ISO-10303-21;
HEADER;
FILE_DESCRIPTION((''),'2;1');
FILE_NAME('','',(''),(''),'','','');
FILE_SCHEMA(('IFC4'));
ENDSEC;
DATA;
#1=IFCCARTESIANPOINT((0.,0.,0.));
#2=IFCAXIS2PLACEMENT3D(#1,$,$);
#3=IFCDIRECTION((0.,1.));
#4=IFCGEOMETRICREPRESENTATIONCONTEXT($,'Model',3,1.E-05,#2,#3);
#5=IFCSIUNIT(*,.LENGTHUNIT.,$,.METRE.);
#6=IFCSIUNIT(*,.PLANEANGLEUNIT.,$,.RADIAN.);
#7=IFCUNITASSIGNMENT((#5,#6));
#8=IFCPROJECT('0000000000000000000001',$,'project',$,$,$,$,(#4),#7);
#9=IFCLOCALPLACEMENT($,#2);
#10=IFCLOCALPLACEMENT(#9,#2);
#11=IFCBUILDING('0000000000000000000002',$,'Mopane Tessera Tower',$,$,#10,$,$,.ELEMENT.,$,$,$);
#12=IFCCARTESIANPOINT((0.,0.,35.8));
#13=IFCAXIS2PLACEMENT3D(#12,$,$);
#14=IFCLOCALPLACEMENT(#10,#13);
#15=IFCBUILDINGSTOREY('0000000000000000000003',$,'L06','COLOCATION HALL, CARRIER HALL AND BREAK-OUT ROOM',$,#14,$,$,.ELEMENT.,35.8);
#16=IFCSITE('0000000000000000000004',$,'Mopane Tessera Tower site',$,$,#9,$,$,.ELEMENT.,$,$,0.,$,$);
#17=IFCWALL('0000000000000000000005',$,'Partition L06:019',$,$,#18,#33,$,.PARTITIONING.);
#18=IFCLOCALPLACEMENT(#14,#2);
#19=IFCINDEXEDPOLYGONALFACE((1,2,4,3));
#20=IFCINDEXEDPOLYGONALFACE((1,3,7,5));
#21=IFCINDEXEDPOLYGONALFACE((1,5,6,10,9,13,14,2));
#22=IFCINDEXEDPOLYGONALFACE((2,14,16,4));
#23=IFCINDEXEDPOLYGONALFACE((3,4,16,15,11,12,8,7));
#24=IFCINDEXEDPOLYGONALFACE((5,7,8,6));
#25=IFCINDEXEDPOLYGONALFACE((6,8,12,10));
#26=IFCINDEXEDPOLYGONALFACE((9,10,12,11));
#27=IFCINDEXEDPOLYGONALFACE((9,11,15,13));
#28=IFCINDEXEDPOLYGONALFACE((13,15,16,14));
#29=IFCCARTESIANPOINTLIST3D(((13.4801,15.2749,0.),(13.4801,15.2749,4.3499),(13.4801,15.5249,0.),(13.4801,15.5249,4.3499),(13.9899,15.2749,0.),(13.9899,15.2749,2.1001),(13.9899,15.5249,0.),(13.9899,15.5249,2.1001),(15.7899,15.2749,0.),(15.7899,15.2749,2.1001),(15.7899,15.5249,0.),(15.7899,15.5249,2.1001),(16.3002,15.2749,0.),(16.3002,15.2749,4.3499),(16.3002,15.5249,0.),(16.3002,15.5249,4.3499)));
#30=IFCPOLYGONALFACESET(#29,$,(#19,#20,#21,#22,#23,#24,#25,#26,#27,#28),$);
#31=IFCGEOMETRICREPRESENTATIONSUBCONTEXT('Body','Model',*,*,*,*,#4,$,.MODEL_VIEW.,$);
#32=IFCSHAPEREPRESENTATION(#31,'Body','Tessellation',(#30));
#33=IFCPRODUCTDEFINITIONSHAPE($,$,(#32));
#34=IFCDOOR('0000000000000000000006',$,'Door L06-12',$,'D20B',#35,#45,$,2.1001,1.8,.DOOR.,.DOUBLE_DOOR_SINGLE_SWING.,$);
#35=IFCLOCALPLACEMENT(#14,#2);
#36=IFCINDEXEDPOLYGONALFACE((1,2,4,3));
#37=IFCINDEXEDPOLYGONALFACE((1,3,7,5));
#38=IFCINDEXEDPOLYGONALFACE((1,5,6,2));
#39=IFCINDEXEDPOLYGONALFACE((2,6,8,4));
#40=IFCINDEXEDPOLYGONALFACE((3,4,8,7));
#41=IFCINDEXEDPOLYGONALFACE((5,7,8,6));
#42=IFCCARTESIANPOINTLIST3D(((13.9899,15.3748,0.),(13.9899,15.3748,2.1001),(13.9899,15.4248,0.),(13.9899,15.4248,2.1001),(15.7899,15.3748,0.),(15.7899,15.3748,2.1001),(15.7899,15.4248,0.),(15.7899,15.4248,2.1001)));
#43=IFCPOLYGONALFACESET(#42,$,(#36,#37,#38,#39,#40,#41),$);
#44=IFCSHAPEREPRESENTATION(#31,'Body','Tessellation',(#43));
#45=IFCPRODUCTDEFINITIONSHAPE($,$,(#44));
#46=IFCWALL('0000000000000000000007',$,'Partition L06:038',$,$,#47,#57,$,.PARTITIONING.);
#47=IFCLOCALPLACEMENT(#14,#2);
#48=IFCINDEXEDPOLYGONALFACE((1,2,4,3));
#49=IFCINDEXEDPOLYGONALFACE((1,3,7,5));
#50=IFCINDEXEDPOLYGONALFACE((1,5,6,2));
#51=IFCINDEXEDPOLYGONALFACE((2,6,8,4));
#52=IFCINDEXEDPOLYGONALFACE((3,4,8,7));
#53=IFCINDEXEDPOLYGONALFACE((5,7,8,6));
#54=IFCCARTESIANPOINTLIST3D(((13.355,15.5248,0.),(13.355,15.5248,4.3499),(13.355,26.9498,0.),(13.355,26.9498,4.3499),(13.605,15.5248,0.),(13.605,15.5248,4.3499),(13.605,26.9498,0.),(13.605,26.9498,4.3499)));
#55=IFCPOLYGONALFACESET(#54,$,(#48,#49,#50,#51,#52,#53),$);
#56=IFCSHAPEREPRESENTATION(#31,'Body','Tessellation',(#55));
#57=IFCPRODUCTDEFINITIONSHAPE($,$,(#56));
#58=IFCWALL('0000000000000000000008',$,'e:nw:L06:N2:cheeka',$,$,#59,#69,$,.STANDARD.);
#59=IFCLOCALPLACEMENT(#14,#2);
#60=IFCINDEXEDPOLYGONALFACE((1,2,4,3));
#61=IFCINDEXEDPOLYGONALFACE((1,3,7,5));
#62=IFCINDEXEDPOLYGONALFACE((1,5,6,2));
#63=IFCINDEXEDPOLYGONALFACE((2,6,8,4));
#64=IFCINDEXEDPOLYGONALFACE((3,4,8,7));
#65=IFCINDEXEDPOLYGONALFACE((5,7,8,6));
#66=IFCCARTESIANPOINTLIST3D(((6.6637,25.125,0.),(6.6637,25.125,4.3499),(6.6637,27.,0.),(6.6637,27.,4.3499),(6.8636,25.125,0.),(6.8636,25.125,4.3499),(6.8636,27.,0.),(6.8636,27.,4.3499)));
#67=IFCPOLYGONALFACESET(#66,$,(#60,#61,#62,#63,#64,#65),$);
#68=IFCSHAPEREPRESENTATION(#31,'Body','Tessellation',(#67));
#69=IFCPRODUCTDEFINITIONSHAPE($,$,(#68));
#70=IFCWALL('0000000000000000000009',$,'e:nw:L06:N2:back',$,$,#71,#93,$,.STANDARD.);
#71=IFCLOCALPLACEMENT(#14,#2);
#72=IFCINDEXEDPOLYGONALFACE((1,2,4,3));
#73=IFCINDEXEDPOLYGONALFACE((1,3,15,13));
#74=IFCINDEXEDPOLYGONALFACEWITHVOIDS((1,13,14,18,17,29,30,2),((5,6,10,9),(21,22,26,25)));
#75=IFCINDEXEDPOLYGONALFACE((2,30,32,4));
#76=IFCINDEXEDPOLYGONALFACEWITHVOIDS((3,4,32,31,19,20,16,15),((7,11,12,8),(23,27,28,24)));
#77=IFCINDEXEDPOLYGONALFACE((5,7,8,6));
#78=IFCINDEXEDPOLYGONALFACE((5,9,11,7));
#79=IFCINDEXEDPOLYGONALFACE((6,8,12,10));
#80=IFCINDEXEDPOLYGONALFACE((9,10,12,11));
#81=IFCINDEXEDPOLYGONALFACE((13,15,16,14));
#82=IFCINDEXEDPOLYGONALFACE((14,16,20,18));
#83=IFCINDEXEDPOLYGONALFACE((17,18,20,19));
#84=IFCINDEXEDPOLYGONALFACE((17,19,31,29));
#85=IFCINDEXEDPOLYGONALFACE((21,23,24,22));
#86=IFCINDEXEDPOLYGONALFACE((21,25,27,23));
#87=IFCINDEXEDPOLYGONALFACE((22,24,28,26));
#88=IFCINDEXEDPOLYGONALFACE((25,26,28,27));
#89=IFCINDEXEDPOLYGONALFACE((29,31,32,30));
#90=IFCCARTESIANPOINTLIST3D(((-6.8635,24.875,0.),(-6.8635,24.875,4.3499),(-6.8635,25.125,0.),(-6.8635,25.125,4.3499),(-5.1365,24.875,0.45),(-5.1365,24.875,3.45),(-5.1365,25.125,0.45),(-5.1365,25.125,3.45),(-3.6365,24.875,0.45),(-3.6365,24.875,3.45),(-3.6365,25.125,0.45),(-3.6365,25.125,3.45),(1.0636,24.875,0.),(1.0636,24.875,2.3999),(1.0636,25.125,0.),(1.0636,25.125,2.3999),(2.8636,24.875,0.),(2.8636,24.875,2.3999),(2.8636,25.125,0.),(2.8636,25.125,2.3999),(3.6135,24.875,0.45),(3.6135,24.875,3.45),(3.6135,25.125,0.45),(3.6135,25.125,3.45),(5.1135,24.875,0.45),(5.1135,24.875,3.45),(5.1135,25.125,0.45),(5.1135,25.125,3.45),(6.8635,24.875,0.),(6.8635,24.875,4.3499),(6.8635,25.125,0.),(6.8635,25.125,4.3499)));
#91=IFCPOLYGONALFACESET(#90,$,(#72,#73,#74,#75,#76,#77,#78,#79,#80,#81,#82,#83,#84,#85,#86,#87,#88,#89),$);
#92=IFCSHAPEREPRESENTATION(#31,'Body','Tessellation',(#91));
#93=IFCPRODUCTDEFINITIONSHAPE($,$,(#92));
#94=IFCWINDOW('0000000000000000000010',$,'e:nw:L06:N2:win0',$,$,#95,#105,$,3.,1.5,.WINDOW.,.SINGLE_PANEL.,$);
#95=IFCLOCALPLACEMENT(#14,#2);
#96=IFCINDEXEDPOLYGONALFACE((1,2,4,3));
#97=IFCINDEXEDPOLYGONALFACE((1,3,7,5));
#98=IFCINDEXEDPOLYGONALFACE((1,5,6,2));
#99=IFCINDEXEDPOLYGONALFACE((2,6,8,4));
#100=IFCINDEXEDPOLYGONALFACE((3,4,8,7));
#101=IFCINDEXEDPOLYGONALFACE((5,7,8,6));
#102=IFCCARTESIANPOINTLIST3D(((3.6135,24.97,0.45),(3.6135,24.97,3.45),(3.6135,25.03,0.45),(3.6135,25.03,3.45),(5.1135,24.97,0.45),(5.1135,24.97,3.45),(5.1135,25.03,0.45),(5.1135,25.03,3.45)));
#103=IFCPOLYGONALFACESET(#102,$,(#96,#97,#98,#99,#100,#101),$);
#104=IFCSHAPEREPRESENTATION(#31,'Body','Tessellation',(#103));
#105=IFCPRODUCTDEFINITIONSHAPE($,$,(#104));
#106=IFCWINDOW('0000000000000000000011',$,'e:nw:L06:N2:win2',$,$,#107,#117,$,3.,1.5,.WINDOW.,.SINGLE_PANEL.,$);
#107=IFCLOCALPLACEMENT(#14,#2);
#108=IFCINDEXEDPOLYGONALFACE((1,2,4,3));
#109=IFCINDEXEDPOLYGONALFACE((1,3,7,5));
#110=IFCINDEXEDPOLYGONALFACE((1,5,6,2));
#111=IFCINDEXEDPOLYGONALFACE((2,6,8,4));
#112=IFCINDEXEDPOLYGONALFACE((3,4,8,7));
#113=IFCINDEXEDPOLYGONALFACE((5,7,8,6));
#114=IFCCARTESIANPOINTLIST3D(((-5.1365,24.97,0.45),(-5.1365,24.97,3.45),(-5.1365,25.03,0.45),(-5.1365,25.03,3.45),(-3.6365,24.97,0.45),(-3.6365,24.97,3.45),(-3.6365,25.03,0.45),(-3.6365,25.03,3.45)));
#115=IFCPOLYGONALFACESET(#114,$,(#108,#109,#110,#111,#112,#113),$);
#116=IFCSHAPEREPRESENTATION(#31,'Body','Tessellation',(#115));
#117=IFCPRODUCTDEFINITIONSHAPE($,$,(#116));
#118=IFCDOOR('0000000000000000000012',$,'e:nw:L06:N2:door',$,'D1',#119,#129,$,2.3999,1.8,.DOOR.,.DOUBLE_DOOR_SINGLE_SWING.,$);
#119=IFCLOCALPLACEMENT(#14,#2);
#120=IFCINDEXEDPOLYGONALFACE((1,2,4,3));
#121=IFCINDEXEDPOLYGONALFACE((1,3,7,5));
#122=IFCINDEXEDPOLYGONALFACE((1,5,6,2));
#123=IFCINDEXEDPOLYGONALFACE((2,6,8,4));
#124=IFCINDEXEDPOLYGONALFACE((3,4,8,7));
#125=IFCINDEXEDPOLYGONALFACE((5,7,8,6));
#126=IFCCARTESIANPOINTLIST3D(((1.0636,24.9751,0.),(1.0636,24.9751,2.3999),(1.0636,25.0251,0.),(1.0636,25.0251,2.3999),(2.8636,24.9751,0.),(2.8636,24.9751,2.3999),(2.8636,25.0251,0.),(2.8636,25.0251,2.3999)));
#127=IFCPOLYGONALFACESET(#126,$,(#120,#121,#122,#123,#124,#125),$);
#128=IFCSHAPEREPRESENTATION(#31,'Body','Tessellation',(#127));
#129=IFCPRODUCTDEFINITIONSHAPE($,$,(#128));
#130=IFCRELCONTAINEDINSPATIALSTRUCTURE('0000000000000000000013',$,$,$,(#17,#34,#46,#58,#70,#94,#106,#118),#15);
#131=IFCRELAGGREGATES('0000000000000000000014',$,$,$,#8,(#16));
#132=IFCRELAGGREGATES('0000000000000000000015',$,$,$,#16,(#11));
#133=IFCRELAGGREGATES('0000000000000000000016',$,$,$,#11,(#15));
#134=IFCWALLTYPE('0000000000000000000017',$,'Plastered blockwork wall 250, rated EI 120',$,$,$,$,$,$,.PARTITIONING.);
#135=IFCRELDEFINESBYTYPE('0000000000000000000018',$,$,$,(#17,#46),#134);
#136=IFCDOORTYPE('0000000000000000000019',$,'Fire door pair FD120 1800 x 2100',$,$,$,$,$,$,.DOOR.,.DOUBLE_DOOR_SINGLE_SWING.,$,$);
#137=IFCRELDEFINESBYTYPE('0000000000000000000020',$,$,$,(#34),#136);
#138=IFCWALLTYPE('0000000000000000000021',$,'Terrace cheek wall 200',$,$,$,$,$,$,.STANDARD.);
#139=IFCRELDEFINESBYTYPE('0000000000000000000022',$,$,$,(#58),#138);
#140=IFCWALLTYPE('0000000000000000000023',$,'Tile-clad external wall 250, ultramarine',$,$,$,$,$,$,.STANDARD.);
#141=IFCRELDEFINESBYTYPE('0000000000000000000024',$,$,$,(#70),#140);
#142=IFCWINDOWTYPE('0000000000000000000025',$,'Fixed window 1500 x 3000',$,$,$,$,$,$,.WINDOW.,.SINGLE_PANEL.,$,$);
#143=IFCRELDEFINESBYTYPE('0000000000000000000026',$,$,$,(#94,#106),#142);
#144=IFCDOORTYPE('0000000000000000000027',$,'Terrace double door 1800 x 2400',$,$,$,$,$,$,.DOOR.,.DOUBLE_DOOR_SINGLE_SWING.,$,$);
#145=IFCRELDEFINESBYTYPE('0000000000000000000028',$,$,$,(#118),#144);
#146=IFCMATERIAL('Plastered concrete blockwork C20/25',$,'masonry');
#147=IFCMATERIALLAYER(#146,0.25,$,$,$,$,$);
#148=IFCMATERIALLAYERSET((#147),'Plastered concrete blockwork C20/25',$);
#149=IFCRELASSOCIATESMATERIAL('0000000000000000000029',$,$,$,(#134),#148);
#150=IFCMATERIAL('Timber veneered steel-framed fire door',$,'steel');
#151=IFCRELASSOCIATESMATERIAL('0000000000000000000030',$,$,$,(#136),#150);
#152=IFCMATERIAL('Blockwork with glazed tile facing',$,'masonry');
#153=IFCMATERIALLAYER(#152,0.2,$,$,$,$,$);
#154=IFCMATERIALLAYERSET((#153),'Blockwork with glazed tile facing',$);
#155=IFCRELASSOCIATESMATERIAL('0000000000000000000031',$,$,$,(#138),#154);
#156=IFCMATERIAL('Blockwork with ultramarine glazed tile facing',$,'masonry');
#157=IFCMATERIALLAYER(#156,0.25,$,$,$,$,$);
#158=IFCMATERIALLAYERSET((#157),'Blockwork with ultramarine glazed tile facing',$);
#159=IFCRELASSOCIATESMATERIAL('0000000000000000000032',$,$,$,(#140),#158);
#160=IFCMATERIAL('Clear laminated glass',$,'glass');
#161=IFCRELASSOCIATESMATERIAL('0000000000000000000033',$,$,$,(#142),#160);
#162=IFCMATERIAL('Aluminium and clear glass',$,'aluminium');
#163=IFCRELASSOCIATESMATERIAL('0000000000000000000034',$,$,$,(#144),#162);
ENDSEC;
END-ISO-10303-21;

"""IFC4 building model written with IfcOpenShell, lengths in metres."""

from ifc_helpers import new_model, si_unit, direction, frame, frame_2d, origin, place, context, subcontext, project, spatial, rectangle, extrude, material, layer, layer_set, type_object, element, fill, save


model = new_model("IFC4")

# Units and contexts
model_context = context("Model", 3, precision=1e-05, world=origin(), true_north=direction((0.0, 1.0)))
body_context = subcontext(model_context, "Body", "Model", "MODEL_VIEW")
ifc_project = project(units=[si_unit("LENGTHUNIT", "METRE"), si_unit("PLANEANGLEUNIT", "RADIAN")], contexts=[model_context])

# Site, building, storey
site_placement = place(None, origin())
site = spatial("IfcSite", under=ifc_project, at=site_placement, Name="Mopane Tessera Tower site", CompositionType="ELEMENT", RefElevation=0.0)
building_placement = place(site_placement, origin())
building = spatial("IfcBuilding", under=site, at=building_placement, Name="Mopane Tessera Tower", CompositionType="ELEMENT")
storey_placement = place(building_placement, frame((0.0, 0.0, 35.8)))
storey = spatial("IfcBuildingStorey", under=building, at=storey_placement, Name="L06", Description="COLOCATION HALL, CARRIER HALL AND BREAK-OUT ROOM", CompositionType="ELEMENT", Elevation=35.8)

# Wall, opening, door
ifc_material_1 = material(Name="Plastered concrete blockwork C20/25", Category="masonry")
ifc_layer_1 = layer(ifc_material_1, 0.25)
ifc_layer_set_1 = layer_set([ifc_layer_1], Name="Plastered concrete blockwork C20/25")
wall_type_1 = type_object("IfcWallType", Name="Plastered blockwork wall 250, rated EI 120", PredefinedType="PARTITIONING", material=ifc_layer_set_1)
wall_1_placement = place(storey_placement, frame((13.48, 15.3999, 0.0), z_axis=(0.0, 0.0, 1.0), x_axis=(1.0, 0.0, 0.0)))
wall_1 = element("IfcWall", 1, at=wall_1_placement, inside=storey, type_object=wall_type_1, Name="Partition L06:019", PredefinedType="PARTITIONING", context=body_context, shape_type="SweptSolid", body=[
    extrude(rectangle(XDim=2.8201, YDim=0.25, at=frame_2d((1.4102, 0.0))), origin(), (0.0, 0.0, 1.0), 4.3499),
])
opening_1_placement = place(wall_1_placement, frame((0.51, 0.0, 0.0)))
opening_1 = element("IfcOpeningElement", 2, at=opening_1_placement, cuts=wall_1, PredefinedType="OPENING", context=body_context, shape_type="SweptSolid", body=[
    extrude(rectangle(XDim=1.8, YDim=2.1001, at=frame_2d((0.8999, 1.05))), frame((0.0, 0.137, 0.0), z_axis=(0.0, -1.0, 0.0), x_axis=(1.0, 0.0, 0.0)), (0.0, 0.0, 1.0), 0.2739),
])
ifc_material_2 = material(Name="Timber veneered steel-framed fire door", Category="steel")
door_type_1 = type_object("IfcDoorType", Name="Fire door pair FD120 1800 x 2100", OperationType="DOUBLE_DOOR_SINGLE_SWING", PredefinedType="DOOR", material=ifc_material_2)
door_1_placement = place(opening_1_placement, origin())
door_1 = element("IfcDoor", 3, at=door_1_placement, inside=storey, type_object=door_type_1, Name="Door L06-12", ObjectType="D20B", OperationType="DOUBLE_DOOR_SINGLE_SWING", OverallHeight=2.1001, OverallWidth=1.8, PredefinedType="DOOR", context=body_context, shape_type="SweptSolid", body=[
    extrude(rectangle(XDim=1.8, YDim=2.1001, at=frame_2d((0.8999, 1.05))), frame((0.0, 0.0249, 0.0), z_axis=(0.0, -1.0, 0.0), x_axis=(1.0, 0.0, 0.0)), (0.0, 0.0, 1.0), 0.05),
])
fill(opening_1, door_1)

# Walls
wall_2_placement = place(storey_placement, frame((13.48, 15.5249, 0.0), z_axis=(0.0, 0.0, 1.0), x_axis=(0.0, 1.0, 0.0)))
element("IfcWall", 4, at=wall_2_placement, inside=storey, type_object=wall_type_1, Name="Partition L06:038", PredefinedType="PARTITIONING", context=body_context, shape_type="SweptSolid", body=[
    extrude(rectangle(XDim=11.425, YDim=0.25, at=frame_2d((5.7124, 0.0))), origin(), (0.0, 0.0, 1.0), 4.3499),
])
ifc_material_3 = material(Name="Blockwork with glazed tile facing", Category="masonry")
ifc_layer_2 = layer(ifc_material_3, 0.2)
ifc_layer_set_2 = layer_set([ifc_layer_2], Name="Blockwork with glazed tile facing")
wall_type_2 = type_object("IfcWallType", Name="Terrace cheek wall 200", PredefinedType="STANDARD", material=ifc_layer_set_2)
wall_3_placement = place(storey_placement, frame((6.7637, 27.0, 0.0), z_axis=(0.0, 0.0, 1.0), x_axis=(0.0, -1.0, 0.0)))
element("IfcWall", 5, at=wall_3_placement, inside=storey, type_object=wall_type_2, Name="e:nw:L06:N2:cheeka", PredefinedType="STANDARD", context=body_context, shape_type="SweptSolid", body=[
    extrude(rectangle(XDim=1.875, YDim=0.2, at=frame_2d((0.9375, 0.0))), origin(), (0.0, 0.0, 1.0), 4.3499),
])

# Wall, openings, windows, door
ifc_material_4 = material(Name="Blockwork with ultramarine glazed tile facing", Category="masonry")
ifc_layer_3 = layer(ifc_material_4, 0.25)
ifc_layer_set_3 = layer_set([ifc_layer_3], Name="Blockwork with ultramarine glazed tile facing")
wall_type_3 = type_object("IfcWallType", Name="Tile-clad external wall 250, ultramarine", PredefinedType="STANDARD", material=ifc_layer_set_3)
wall_4_placement = place(storey_placement, frame((6.8635, 25.0, 0.0), z_axis=(0.0, 0.0, 1.0), x_axis=(-1.0, 0.0, 0.0)))
wall_4 = element("IfcWall", 6, at=wall_4_placement, inside=storey, type_object=wall_type_3, Name="e:nw:L06:N2:back", PredefinedType="STANDARD", context=body_context, shape_type="SweptSolid", body=[
    extrude(rectangle(XDim=13.7271, YDim=0.25, at=frame_2d((6.8635, 0.0))), origin(), (0.0, 0.0, 1.0), 4.3499),
])
opening_2_placement = place(wall_4_placement, frame((1.75, 0.0, 0.45)))
opening_2 = element("IfcOpeningElement", 7, at=opening_2_placement, cuts=wall_4, PredefinedType="OPENING", context=body_context, shape_type="SweptSolid", body=[
    extrude(rectangle(XDim=1.5, YDim=3.0, at=frame_2d((0.75, 1.5))), frame((0.0, 0.137, 0.0), z_axis=(0.0, -1.0, 0.0), x_axis=(1.0, 0.0, 0.0)), (0.0, 0.0, 1.0), 0.2739),
])
opening_3_placement = place(wall_4_placement, frame((4.0, 0.0, 0.0)))
opening_3 = element("IfcOpeningElement", 8, at=opening_3_placement, cuts=wall_4, PredefinedType="OPENING", context=body_context, shape_type="SweptSolid", body=[
    extrude(rectangle(XDim=1.8, YDim=2.3999, at=frame_2d((0.8999, 1.2))), frame((0.0, 0.137, 0.0), z_axis=(0.0, -1.0, 0.0), x_axis=(1.0, 0.0, 0.0)), (0.0, 0.0, 1.0), 0.2739),
])
opening_4_placement = place(wall_4_placement, frame((10.5, 0.0, 0.45)))
opening_4 = element("IfcOpeningElement", 9, at=opening_4_placement, cuts=wall_4, PredefinedType="OPENING", context=body_context, shape_type="SweptSolid", body=[
    extrude(rectangle(XDim=1.5, YDim=3.0, at=frame_2d((0.75, 1.5))), frame((0.0, 0.137, 0.0), z_axis=(0.0, -1.0, 0.0), x_axis=(1.0, 0.0, 0.0)), (0.0, 0.0, 1.0), 0.2739),
])
ifc_material_5 = material(Name="Clear laminated glass", Category="glass")
window_type = type_object("IfcWindowType", Name="Fixed window 1500 x 3000", PartitioningType="SINGLE_PANEL", PredefinedType="WINDOW", material=ifc_material_5)
window_1_placement = place(opening_2_placement, origin())
window_1 = element("IfcWindow", 10, at=window_1_placement, inside=storey, type_object=window_type, Name="e:nw:L06:N2:win0", OverallHeight=3.0, OverallWidth=1.5, PartitioningType="SINGLE_PANEL", PredefinedType="WINDOW", context=body_context, shape_type="SweptSolid", body=[
    extrude(rectangle(XDim=1.5, YDim=3.0, at=frame_2d((0.75, 1.5))), frame((0.0, 0.03, 0.0), z_axis=(0.0, -1.0, 0.0), x_axis=(1.0, 0.0, 0.0)), (0.0, 0.0, 1.0), 0.0601),
])
fill(opening_2, window_1)
window_2_placement = place(opening_4_placement, origin())
window_2 = element("IfcWindow", 11, at=window_2_placement, inside=storey, type_object=window_type, Name="e:nw:L06:N2:win2", OverallHeight=3.0, OverallWidth=1.5, PartitioningType="SINGLE_PANEL", PredefinedType="WINDOW", context=body_context, shape_type="SweptSolid", body=[
    extrude(rectangle(XDim=1.5, YDim=3.0, at=frame_2d((0.75, 1.5))), frame((0.0, 0.03, 0.0), z_axis=(0.0, -1.0, 0.0), x_axis=(1.0, 0.0, 0.0)), (0.0, 0.0, 1.0), 0.0601),
])
fill(opening_4, window_2)
ifc_material_6 = material(Name="Aluminium and clear glass", Category="aluminium")
door_type_2 = type_object("IfcDoorType", Name="Terrace double door 1800 x 2400", OperationType="DOUBLE_DOOR_SINGLE_SWING", PredefinedType="DOOR", material=ifc_material_6)
door_2_placement = place(opening_3_placement, origin())
door_2 = element("IfcDoor", 12, at=door_2_placement, inside=storey, type_object=door_type_2, Name="e:nw:L06:N2:door", ObjectType="D1", OperationType="DOUBLE_DOOR_SINGLE_SWING", OverallHeight=2.3999, OverallWidth=1.8, PredefinedType="DOOR", context=body_context, shape_type="SweptSolid", body=[
    extrude(rectangle(XDim=1.8, YDim=2.3999, at=frame_2d((0.8999, 1.2))), frame((0.0, 0.0249, 0.0), z_axis=(0.0, -1.0, 0.0), x_axis=(1.0, 0.0, 0.0)), (0.0, 0.0, 1.0), 0.05),
])
fill(opening_3, door_2)

save(model, "model.ifc")
